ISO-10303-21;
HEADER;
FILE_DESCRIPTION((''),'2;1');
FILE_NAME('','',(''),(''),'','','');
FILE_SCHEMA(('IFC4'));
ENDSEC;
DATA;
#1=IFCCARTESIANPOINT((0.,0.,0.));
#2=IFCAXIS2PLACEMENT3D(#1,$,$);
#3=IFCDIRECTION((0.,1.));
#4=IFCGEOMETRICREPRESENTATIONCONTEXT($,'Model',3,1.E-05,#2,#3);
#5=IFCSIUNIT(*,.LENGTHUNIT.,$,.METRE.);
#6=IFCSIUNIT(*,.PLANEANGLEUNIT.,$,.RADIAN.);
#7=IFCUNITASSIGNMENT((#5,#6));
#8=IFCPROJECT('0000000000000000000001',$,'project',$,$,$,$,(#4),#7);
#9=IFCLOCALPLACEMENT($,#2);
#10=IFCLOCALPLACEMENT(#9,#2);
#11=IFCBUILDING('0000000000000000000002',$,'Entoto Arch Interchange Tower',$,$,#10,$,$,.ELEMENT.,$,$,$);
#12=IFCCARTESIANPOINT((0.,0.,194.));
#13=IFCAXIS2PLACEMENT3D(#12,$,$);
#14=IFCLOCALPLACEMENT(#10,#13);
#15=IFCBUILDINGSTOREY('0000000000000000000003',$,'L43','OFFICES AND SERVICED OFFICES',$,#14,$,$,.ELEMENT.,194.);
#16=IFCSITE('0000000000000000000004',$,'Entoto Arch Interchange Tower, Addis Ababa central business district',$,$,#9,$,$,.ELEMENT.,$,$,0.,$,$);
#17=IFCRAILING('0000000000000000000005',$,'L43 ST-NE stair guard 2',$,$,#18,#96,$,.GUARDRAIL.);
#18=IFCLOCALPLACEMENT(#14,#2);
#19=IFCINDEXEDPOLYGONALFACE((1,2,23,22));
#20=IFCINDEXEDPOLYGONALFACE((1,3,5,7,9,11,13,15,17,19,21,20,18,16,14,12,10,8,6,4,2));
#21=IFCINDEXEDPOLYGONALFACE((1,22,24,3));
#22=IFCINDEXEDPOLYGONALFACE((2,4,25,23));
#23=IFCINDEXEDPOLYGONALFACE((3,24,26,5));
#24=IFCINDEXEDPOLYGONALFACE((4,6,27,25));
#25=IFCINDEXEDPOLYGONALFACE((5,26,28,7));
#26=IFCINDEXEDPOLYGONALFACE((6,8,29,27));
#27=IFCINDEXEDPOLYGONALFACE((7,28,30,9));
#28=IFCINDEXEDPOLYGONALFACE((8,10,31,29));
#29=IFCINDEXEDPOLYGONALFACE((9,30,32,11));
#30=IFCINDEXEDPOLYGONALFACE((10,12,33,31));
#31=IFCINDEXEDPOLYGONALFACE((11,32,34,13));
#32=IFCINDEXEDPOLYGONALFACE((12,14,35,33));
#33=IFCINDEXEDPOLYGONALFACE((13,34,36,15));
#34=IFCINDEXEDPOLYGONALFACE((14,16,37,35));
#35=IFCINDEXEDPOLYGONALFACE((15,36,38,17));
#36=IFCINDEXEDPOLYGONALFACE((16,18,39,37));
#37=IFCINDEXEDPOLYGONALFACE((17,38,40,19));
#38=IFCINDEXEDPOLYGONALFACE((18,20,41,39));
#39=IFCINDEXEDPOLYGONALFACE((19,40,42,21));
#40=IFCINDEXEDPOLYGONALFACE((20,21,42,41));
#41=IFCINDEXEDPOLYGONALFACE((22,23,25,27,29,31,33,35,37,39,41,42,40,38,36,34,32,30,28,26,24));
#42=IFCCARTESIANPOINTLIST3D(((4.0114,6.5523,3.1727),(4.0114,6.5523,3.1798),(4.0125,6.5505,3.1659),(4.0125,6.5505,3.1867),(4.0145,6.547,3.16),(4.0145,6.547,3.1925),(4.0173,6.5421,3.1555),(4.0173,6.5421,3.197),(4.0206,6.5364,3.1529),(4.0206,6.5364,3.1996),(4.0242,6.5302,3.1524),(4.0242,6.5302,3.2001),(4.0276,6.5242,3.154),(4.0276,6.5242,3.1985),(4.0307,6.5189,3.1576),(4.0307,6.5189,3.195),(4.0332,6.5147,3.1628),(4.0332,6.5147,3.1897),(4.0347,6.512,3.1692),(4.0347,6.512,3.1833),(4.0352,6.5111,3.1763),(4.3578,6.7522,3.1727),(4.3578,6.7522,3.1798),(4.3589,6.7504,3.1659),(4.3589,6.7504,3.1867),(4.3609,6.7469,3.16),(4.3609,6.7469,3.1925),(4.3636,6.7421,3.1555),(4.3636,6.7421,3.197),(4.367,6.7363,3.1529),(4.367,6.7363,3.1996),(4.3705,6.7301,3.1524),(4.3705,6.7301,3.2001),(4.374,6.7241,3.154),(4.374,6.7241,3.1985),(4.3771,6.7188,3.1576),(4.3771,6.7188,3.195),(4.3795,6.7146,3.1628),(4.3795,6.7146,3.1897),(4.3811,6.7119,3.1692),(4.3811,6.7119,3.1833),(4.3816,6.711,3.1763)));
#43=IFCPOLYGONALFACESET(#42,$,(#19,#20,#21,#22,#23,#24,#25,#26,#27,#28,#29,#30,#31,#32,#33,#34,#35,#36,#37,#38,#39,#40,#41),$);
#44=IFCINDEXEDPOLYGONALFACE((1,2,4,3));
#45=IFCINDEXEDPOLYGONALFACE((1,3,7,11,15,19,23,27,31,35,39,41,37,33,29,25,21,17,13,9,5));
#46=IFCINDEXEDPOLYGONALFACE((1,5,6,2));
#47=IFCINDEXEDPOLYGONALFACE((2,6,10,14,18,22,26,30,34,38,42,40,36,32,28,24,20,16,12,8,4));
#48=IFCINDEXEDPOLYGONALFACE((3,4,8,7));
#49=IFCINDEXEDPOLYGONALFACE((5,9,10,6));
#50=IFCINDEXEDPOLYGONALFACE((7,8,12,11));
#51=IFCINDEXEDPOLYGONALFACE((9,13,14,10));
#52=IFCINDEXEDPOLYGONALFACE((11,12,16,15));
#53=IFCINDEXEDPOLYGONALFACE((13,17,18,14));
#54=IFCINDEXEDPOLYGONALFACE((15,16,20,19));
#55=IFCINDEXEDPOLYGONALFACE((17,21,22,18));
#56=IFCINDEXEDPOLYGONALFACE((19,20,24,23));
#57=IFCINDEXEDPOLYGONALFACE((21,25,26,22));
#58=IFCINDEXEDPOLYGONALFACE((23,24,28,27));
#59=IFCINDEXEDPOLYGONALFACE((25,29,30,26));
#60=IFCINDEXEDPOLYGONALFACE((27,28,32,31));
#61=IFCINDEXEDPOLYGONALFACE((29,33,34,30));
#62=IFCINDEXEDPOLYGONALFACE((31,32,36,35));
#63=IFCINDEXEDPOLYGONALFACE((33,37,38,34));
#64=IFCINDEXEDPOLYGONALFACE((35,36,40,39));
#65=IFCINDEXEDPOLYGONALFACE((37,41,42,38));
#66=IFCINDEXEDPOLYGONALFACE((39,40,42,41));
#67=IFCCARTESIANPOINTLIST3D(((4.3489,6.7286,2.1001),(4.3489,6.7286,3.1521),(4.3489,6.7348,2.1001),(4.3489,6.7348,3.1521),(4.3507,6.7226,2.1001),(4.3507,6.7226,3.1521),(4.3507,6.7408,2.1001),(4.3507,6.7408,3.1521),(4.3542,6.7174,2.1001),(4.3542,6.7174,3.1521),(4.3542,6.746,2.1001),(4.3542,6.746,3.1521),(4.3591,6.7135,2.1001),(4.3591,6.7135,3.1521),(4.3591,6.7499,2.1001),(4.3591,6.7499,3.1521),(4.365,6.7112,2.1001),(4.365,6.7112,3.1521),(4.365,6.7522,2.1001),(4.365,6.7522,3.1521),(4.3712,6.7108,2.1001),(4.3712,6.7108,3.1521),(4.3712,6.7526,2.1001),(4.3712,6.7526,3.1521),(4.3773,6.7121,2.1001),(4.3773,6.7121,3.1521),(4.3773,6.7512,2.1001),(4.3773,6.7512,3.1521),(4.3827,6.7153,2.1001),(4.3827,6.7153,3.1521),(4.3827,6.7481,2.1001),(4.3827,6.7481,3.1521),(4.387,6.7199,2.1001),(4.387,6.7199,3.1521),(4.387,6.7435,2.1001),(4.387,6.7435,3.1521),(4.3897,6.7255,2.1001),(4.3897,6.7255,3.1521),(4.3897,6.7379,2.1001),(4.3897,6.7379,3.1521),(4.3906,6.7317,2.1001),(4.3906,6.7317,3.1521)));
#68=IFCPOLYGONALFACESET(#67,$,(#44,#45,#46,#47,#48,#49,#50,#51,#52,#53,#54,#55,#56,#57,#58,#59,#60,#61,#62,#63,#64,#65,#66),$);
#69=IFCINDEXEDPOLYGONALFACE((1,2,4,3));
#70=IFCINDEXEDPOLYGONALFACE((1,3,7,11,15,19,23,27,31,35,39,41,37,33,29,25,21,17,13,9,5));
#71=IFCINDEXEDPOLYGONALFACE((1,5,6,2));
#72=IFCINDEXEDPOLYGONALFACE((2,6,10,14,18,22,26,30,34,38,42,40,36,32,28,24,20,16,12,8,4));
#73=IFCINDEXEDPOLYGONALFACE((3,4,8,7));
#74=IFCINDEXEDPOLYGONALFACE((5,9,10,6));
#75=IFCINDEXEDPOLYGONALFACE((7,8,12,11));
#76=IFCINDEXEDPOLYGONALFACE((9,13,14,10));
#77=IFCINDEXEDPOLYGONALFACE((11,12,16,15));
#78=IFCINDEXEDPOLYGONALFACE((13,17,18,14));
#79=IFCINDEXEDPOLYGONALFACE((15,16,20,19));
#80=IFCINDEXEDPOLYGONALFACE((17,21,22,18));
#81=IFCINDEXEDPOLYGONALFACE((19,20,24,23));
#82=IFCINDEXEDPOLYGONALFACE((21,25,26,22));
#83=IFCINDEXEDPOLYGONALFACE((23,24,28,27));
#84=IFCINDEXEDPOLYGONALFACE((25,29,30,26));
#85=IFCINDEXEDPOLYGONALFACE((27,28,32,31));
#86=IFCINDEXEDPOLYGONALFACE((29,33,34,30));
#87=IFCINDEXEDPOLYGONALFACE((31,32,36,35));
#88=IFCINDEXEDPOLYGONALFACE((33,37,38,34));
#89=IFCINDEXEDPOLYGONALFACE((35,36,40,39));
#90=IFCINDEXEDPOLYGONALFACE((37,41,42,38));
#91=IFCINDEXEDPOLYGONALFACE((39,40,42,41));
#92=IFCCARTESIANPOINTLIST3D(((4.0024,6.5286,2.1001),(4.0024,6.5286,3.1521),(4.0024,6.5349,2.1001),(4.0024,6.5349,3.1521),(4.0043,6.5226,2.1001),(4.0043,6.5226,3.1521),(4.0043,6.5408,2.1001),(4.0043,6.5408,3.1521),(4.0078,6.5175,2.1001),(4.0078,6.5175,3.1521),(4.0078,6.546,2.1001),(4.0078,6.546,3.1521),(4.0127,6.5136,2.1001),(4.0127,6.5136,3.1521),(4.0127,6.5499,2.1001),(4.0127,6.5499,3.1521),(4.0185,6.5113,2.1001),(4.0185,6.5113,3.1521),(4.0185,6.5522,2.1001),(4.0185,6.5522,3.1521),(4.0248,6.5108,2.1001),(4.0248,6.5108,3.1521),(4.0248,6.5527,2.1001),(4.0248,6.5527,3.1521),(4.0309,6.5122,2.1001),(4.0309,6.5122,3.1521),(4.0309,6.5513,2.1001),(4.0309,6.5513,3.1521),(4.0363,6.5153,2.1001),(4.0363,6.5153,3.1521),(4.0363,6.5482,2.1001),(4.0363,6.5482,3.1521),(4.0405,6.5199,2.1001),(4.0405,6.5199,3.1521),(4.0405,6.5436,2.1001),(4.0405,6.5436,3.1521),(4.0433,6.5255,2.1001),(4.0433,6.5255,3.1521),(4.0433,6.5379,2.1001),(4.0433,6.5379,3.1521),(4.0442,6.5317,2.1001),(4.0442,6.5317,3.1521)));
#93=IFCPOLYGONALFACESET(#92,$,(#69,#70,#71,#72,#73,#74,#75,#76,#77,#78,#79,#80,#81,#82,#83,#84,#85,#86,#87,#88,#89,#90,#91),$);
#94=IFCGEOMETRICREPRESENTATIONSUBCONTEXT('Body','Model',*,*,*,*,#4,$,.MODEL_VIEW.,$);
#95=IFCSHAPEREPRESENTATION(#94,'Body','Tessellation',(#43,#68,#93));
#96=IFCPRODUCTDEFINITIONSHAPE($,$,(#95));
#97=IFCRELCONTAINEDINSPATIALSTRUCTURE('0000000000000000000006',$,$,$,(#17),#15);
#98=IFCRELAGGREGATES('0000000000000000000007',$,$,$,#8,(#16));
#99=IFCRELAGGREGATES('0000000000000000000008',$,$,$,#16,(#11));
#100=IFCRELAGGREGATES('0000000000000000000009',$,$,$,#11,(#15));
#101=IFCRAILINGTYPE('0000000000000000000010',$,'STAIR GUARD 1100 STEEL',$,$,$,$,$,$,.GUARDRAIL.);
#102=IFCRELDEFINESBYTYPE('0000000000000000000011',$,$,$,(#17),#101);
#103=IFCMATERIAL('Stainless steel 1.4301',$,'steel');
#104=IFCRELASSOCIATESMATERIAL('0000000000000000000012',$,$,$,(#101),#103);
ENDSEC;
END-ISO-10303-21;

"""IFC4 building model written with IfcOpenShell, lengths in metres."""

from ifc_helpers import new_model, si_unit, direction, frame, origin, origin_2d, place, context, subcontext, project, spatial, circle, extrude, material, type_object, element, save


model = new_model("IFC4")

# Units and contexts
model_context = context("Model", 3, precision=1e-05, world=origin(), true_north=direction((0.0, 1.0)))
body_context = subcontext(model_context, "Body", "Model", "MODEL_VIEW")
ifc_project = project(units=[si_unit("LENGTHUNIT", "METRE"), si_unit("PLANEANGLEUNIT", "RADIAN")], contexts=[model_context])

# Site, building, storey
site_placement = place(None, origin())
site = spatial("IfcSite", under=ifc_project, at=site_placement, Name="Entoto Arch Interchange Tower, Addis Ababa central business district", CompositionType="ELEMENT", RefElevation=0.0)
building_placement = place(site_placement, origin())
building = spatial("IfcBuilding", under=site, at=building_placement, Name="Entoto Arch Interchange Tower", CompositionType="ELEMENT")
storey_placement = place(building_placement, frame((0.0, 0.0, 194.0)))
storey = spatial("IfcBuildingStorey", under=building, at=storey_placement, Name="L43", Description="OFFICES AND SERVICED OFFICES", CompositionType="ELEMENT", Elevation=194.0)

# Railing
ifc_material_1 = material(Name="Stainless steel 1.4301", Category="steel")
railing_type_1 = type_object("IfcRailingType", Name="STAIR GUARD 1100 STEEL", PredefinedType="GUARDRAIL", material=ifc_material_1)
railing_1_placement = place(storey_placement, frame((4.3696, 6.7317, 2.1001)))
element("IfcRailing", 1, at=railing_1_placement, inside=storey, type_object=railing_type_1, Name="L43 ST-NE stair guard 2", PredefinedType="GUARDRAIL", context=body_context, shape_type="SweptSolid", body=[
    extrude(circle(Radius=0.0239, at=origin_2d()), frame((0.0, 0.0, 1.0762), z_axis=(-0.866094, -0.499881, 0.0), x_axis=(0.499881, -0.866094, 0.0)), (0.0, 0.0, 1.0), 0.3999),
    extrude(circle(Radius=0.021, at=origin_2d()), origin(), (0.0, 0.0, 1.0), 1.052),
    extrude(circle(Radius=0.021, at=origin_2d()), frame((-0.3464, -0.2, 0.0)), (0.0, 0.0, 1.0), 1.052),
])

save(model, "model.ifc")
